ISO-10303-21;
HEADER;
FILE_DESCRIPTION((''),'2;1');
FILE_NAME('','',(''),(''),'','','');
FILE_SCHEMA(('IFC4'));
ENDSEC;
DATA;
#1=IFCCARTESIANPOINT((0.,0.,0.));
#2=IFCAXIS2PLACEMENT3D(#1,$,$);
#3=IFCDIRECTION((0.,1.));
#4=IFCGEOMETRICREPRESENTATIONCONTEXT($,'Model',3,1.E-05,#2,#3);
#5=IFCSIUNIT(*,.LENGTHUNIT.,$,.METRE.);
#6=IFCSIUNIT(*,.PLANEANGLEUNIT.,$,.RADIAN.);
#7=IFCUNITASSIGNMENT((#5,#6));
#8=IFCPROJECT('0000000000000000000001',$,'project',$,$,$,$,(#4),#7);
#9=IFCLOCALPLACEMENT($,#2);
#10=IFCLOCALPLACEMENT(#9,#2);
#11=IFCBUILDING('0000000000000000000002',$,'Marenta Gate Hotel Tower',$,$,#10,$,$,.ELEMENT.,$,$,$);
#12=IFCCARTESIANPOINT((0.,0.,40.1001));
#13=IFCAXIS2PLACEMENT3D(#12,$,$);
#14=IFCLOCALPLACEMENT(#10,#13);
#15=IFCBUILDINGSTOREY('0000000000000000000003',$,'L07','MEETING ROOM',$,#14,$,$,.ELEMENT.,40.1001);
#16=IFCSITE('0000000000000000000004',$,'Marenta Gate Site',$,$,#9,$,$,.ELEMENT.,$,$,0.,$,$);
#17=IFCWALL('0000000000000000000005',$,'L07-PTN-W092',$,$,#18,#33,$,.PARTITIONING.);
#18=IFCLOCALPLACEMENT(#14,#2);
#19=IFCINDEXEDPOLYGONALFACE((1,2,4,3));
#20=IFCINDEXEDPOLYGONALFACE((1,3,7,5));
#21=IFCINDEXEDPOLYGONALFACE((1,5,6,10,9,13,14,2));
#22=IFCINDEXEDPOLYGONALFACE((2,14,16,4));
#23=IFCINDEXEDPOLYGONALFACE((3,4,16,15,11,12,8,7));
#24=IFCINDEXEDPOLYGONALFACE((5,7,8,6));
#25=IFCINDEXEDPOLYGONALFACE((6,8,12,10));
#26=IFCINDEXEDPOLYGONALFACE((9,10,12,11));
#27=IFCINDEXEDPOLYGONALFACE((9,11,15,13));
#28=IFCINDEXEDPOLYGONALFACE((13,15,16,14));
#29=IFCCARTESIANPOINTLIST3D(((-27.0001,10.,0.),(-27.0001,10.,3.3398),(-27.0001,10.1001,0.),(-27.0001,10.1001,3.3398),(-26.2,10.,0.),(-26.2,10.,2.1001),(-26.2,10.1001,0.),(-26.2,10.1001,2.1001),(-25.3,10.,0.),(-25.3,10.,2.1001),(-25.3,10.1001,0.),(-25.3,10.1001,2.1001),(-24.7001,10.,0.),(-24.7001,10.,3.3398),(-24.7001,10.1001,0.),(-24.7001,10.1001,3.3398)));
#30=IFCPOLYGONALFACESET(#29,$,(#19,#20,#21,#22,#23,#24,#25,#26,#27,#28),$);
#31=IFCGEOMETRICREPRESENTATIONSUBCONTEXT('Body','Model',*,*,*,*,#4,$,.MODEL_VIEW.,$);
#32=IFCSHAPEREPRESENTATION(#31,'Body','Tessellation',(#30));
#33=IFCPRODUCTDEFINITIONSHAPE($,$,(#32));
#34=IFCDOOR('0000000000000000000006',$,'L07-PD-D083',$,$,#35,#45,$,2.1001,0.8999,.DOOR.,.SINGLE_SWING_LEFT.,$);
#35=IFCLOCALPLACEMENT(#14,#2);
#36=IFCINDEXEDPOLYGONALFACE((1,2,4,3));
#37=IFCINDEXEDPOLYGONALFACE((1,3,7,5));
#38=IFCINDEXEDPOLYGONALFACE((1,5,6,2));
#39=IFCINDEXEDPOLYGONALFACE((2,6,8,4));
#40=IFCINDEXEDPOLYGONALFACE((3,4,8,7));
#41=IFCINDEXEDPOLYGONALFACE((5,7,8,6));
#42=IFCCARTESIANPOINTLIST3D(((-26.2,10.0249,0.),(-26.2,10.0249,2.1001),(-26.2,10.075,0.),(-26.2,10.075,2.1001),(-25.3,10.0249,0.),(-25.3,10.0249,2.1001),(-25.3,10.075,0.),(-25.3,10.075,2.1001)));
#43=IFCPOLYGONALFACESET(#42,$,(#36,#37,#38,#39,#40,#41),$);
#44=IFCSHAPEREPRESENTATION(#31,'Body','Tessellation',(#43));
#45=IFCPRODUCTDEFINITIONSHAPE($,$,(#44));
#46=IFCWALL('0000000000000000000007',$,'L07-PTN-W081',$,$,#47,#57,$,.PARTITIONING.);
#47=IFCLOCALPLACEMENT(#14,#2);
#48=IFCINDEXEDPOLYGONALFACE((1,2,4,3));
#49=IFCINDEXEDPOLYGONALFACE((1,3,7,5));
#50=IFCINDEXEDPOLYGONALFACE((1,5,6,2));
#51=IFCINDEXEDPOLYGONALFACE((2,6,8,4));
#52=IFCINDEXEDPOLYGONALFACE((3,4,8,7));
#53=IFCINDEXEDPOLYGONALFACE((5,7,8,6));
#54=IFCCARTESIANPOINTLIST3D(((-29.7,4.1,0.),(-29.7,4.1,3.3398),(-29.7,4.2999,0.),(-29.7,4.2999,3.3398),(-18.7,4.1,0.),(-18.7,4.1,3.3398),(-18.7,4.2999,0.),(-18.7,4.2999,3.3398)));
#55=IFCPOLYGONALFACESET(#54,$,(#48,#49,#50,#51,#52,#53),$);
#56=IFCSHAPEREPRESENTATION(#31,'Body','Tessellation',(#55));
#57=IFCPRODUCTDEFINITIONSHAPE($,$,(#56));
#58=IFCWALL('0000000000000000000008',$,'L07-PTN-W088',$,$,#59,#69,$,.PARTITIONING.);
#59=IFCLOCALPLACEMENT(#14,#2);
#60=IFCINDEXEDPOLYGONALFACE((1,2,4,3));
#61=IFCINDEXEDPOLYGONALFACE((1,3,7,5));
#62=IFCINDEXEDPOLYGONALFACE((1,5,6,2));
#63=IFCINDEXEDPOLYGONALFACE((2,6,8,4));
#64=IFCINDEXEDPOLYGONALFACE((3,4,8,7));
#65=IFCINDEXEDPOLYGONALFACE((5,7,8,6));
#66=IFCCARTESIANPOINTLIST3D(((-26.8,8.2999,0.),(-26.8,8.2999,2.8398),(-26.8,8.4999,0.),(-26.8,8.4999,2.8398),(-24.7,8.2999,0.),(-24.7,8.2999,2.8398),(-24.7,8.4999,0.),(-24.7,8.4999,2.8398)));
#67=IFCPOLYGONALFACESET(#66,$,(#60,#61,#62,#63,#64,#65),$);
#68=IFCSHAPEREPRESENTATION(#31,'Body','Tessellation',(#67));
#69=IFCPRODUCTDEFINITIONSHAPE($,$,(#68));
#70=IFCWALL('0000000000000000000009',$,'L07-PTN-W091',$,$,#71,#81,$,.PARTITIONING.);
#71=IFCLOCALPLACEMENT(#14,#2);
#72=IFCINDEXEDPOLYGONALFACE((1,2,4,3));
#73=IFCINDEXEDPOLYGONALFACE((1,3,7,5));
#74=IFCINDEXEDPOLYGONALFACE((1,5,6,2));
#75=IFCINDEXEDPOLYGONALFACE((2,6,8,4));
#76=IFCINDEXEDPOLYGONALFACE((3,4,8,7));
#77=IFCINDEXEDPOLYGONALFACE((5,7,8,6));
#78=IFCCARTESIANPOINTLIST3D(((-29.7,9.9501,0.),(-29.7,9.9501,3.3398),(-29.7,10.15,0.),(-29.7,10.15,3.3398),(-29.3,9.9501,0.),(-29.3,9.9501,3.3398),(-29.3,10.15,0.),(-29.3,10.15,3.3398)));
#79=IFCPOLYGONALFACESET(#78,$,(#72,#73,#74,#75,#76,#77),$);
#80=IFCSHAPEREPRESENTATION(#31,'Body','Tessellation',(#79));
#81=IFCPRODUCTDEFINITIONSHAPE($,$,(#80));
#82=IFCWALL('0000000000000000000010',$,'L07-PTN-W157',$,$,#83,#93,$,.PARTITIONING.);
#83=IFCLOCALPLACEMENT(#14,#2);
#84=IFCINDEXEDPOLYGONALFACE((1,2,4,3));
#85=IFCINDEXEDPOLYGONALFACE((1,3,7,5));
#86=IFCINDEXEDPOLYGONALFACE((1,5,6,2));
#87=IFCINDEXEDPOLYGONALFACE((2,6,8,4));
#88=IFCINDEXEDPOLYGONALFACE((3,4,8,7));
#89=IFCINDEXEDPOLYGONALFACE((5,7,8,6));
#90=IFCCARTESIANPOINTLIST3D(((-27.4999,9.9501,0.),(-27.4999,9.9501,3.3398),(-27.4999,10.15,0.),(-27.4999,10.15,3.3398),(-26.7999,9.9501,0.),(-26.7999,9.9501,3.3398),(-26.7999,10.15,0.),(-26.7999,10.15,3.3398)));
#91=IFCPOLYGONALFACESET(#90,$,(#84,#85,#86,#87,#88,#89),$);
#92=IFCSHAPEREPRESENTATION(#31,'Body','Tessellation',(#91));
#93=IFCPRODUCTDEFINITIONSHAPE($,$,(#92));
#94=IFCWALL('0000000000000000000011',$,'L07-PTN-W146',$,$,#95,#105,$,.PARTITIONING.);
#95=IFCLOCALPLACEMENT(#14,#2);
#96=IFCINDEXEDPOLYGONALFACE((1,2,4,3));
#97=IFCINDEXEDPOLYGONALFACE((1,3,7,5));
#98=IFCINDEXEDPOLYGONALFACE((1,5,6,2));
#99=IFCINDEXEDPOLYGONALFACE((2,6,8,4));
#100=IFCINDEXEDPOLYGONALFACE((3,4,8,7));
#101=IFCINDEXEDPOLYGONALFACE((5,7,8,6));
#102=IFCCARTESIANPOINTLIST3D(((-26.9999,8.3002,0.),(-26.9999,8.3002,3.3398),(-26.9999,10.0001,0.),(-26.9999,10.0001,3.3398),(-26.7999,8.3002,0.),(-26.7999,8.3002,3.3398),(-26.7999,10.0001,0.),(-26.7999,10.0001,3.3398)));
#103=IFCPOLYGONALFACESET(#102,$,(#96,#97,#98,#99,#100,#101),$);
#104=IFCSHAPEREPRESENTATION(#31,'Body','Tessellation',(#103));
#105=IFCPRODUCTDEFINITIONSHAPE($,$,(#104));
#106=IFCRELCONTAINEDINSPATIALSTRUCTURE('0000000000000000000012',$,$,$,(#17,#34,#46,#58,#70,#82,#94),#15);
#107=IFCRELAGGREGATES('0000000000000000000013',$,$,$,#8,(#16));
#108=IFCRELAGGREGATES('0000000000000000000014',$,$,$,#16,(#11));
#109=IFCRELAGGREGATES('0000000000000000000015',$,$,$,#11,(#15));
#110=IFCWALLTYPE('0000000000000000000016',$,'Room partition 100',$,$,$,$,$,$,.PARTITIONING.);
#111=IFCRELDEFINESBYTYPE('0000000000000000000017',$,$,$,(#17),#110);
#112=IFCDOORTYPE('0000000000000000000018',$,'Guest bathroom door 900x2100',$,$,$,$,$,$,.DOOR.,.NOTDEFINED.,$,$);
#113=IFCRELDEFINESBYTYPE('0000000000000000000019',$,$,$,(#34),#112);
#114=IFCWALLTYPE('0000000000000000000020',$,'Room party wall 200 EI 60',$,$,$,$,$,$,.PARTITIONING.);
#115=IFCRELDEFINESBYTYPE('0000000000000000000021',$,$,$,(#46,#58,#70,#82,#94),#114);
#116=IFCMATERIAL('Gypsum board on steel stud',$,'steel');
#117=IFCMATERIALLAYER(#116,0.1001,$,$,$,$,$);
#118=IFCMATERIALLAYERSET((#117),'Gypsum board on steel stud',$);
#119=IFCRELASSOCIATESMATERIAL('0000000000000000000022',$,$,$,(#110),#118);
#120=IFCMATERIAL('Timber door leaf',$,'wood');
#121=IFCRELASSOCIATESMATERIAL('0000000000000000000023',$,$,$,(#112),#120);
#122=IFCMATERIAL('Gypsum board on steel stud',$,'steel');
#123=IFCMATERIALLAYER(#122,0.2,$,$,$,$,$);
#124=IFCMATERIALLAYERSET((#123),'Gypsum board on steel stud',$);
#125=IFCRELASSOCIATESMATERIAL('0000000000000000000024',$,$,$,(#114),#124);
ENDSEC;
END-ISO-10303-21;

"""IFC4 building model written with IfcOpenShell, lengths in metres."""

from ifc_helpers import new_model, si_unit, direction, frame, frame_2d, origin, place, context, subcontext, project, spatial, rectangle, extrude, material, layer, layer_set, type_object, element, fill, save


model = new_model("IFC4")

# Units and contexts
model_context = context("Model", 3, precision=1e-05, world=origin(), true_north=direction((0.0, 1.0)))
body_context = subcontext(model_context, "Body", "Model", "MODEL_VIEW")
ifc_project = project(units=[si_unit("LENGTHUNIT", "METRE"), si_unit("PLANEANGLEUNIT", "RADIAN")], contexts=[model_context])

# Site, building, storey
site_placement = place(None, origin())
site = spatial("IfcSite", under=ifc_project, at=site_placement, Name="Marenta Gate Site", CompositionType="ELEMENT", RefElevation=0.0)
building_placement = place(site_placement, origin())
building = spatial("IfcBuilding", under=site, at=building_placement, Name="Marenta Gate Hotel Tower", CompositionType="ELEMENT")
storey_placement = place(building_placement, frame((0.0, 0.0, 40.1001)))
storey = spatial("IfcBuildingStorey", under=building, at=storey_placement, Name="L07", Description="MEETING ROOM", CompositionType="ELEMENT", Elevation=40.1001)

# Wall, opening, door
ifc_material_1 = material(Name="Gypsum board on steel stud", Category="steel")
ifc_layer_1 = layer(ifc_material_1, 0.1001)
ifc_layer_set_1 = layer_set([ifc_layer_1], Name="Gypsum board on steel stud")
wall_type_1 = type_object("IfcWallType", Name="Room partition 100", PredefinedType="PARTITIONING", material=ifc_layer_set_1)
wall_1_placement = place(storey_placement, frame((-27.0, 10.05, 0.0), z_axis=(0.0, 0.0, 1.0), x_axis=(1.0, 0.0, 0.0)))
wall_1 = element("IfcWall", 1, at=wall_1_placement, inside=storey, type_object=wall_type_1, Name="L07-PTN-W092", PredefinedType="PARTITIONING", context=body_context, shape_type="SweptSolid", body=[
    extrude(rectangle(XDim=2.3, YDim=0.1001, at=frame_2d((1.1499, 0.0))), origin(), (0.0, 0.0, 1.0), 3.3398),
])
opening_1_placement = place(wall_1_placement, frame((0.8, 0.0, 0.0)))
opening_1 = element("IfcOpeningElement", 2, at=opening_1_placement, cuts=wall_1, PredefinedType="OPENING", context=body_context, shape_type="SweptSolid", body=[
    extrude(rectangle(XDim=0.8999, YDim=2.1001, at=frame_2d((0.45, 1.05))), frame((0.0, 0.05, 0.0), z_axis=(0.0, -1.0, 0.0), x_axis=(1.0, 0.0, 0.0)), (0.0, 0.0, 1.0), 0.1001),
])
ifc_material_2 = material(Name="Timber door leaf", Category="wood")
door_type_1 = type_object("IfcDoorType", Name="Guest bathroom door 900x2100", OperationType="NOTDEFINED", PredefinedType="DOOR", material=ifc_material_2)
door_1_placement = place(opening_1_placement, origin())
door_1 = element("IfcDoor", 3, at=door_1_placement, inside=storey, type_object=door_type_1, Name="L07-PD-D083", OperationType="SINGLE_SWING_LEFT", OverallHeight=2.1001, OverallWidth=0.8999, PredefinedType="DOOR", context=body_context, shape_type="SweptSolid", body=[
    extrude(rectangle(XDim=0.8999, YDim=2.1001, at=frame_2d((0.45, 1.05))), frame((0.0, 0.0249, 0.0), z_axis=(0.0, -1.0, 0.0), x_axis=(1.0, 0.0, 0.0)), (0.0, 0.0, 1.0), 0.05),
])
fill(opening_1, door_1)

# Walls
ifc_material_3 = material(Name="Gypsum board on steel stud", Category="steel")
ifc_layer_2 = layer(ifc_material_3, 0.2)
ifc_layer_set_2 = layer_set([ifc_layer_2], Name="Gypsum board on steel stud")
wall_type_2 = type_object("IfcWallType", Name="Room party wall 200 EI 60", PredefinedType="PARTITIONING", material=ifc_layer_set_2)
wall_2_placement = place(storey_placement, frame((-29.7, 4.2, 0.0), z_axis=(0.0, 0.0, 1.0), x_axis=(1.0, 0.0, 0.0)))
element("IfcWall", 4, at=wall_2_placement, inside=storey, type_object=wall_type_2, Name="L07-PTN-W081", PredefinedType="PARTITIONING", context=body_context, shape_type="SweptSolid", body=[
    extrude(rectangle(XDim=11.0, YDim=0.2, at=frame_2d((5.5, 0.0))), origin(), (0.0, 0.0, 1.0), 3.3398),
])
wall_3_placement = place(storey_placement, frame((-26.8, 8.3999, 0.0), z_axis=(0.0, 0.0, 1.0), x_axis=(1.0, 0.0, 0.0)))
element("IfcWall", 5, at=wall_3_placement, inside=storey, type_object=wall_type_2, Name="L07-PTN-W088", PredefinedType="PARTITIONING", context=body_context, shape_type="SweptSolid", body=[
    extrude(rectangle(XDim=2.1001, YDim=0.2, at=frame_2d((1.05, 0.0))), origin(), (0.0, 0.0, 1.0), 2.8398),
])
wall_4_placement = place(storey_placement, frame((-29.7, 10.05, 0.0), z_axis=(0.0, 0.0, 1.0), x_axis=(1.0, 0.0, 0.0)))
element("IfcWall", 6, at=wall_4_placement, inside=storey, type_object=wall_type_2, Name="L07-PTN-W091", PredefinedType="PARTITIONING", context=body_context, shape_type="SweptSolid", body=[
    extrude(rectangle(XDim=0.3999, YDim=0.2, at=frame_2d((0.2, 0.0))), origin(), (0.0, 0.0, 1.0), 3.3398),
])
wall_5_placement = place(storey_placement, frame((-27.5, 10.05, 0.0), z_axis=(0.0, 0.0, 1.0), x_axis=(1.0, 0.0, 0.0)))
element("IfcWall", 7, at=wall_5_placement, inside=storey, type_object=wall_type_2, Name="L07-PTN-W157", PredefinedType="PARTITIONING", context=body_context, shape_type="SweptSolid", body=[
    extrude(rectangle(XDim=0.7, YDim=0.2, at=frame_2d((0.3501, 0.0))), origin(), (0.0, 0.0, 1.0), 3.3398),
])
wall_6_placement = place(storey_placement, frame((-26.8999, 8.3, 0.0), z_axis=(0.0, 0.0, 1.0), x_axis=(0.0, 1.0, 0.0)))
element("IfcWall", 8, at=wall_6_placement, inside=storey, type_object=wall_type_2, Name="L07-PTN-W146", PredefinedType="PARTITIONING", context=body_context, shape_type="SweptSolid", body=[
    extrude(rectangle(XDim=1.7, YDim=0.2, at=frame_2d((0.8501, 0.0))), origin(), (0.0, 0.0, 1.0), 3.3398),
])

save(model, "model.ifc")
